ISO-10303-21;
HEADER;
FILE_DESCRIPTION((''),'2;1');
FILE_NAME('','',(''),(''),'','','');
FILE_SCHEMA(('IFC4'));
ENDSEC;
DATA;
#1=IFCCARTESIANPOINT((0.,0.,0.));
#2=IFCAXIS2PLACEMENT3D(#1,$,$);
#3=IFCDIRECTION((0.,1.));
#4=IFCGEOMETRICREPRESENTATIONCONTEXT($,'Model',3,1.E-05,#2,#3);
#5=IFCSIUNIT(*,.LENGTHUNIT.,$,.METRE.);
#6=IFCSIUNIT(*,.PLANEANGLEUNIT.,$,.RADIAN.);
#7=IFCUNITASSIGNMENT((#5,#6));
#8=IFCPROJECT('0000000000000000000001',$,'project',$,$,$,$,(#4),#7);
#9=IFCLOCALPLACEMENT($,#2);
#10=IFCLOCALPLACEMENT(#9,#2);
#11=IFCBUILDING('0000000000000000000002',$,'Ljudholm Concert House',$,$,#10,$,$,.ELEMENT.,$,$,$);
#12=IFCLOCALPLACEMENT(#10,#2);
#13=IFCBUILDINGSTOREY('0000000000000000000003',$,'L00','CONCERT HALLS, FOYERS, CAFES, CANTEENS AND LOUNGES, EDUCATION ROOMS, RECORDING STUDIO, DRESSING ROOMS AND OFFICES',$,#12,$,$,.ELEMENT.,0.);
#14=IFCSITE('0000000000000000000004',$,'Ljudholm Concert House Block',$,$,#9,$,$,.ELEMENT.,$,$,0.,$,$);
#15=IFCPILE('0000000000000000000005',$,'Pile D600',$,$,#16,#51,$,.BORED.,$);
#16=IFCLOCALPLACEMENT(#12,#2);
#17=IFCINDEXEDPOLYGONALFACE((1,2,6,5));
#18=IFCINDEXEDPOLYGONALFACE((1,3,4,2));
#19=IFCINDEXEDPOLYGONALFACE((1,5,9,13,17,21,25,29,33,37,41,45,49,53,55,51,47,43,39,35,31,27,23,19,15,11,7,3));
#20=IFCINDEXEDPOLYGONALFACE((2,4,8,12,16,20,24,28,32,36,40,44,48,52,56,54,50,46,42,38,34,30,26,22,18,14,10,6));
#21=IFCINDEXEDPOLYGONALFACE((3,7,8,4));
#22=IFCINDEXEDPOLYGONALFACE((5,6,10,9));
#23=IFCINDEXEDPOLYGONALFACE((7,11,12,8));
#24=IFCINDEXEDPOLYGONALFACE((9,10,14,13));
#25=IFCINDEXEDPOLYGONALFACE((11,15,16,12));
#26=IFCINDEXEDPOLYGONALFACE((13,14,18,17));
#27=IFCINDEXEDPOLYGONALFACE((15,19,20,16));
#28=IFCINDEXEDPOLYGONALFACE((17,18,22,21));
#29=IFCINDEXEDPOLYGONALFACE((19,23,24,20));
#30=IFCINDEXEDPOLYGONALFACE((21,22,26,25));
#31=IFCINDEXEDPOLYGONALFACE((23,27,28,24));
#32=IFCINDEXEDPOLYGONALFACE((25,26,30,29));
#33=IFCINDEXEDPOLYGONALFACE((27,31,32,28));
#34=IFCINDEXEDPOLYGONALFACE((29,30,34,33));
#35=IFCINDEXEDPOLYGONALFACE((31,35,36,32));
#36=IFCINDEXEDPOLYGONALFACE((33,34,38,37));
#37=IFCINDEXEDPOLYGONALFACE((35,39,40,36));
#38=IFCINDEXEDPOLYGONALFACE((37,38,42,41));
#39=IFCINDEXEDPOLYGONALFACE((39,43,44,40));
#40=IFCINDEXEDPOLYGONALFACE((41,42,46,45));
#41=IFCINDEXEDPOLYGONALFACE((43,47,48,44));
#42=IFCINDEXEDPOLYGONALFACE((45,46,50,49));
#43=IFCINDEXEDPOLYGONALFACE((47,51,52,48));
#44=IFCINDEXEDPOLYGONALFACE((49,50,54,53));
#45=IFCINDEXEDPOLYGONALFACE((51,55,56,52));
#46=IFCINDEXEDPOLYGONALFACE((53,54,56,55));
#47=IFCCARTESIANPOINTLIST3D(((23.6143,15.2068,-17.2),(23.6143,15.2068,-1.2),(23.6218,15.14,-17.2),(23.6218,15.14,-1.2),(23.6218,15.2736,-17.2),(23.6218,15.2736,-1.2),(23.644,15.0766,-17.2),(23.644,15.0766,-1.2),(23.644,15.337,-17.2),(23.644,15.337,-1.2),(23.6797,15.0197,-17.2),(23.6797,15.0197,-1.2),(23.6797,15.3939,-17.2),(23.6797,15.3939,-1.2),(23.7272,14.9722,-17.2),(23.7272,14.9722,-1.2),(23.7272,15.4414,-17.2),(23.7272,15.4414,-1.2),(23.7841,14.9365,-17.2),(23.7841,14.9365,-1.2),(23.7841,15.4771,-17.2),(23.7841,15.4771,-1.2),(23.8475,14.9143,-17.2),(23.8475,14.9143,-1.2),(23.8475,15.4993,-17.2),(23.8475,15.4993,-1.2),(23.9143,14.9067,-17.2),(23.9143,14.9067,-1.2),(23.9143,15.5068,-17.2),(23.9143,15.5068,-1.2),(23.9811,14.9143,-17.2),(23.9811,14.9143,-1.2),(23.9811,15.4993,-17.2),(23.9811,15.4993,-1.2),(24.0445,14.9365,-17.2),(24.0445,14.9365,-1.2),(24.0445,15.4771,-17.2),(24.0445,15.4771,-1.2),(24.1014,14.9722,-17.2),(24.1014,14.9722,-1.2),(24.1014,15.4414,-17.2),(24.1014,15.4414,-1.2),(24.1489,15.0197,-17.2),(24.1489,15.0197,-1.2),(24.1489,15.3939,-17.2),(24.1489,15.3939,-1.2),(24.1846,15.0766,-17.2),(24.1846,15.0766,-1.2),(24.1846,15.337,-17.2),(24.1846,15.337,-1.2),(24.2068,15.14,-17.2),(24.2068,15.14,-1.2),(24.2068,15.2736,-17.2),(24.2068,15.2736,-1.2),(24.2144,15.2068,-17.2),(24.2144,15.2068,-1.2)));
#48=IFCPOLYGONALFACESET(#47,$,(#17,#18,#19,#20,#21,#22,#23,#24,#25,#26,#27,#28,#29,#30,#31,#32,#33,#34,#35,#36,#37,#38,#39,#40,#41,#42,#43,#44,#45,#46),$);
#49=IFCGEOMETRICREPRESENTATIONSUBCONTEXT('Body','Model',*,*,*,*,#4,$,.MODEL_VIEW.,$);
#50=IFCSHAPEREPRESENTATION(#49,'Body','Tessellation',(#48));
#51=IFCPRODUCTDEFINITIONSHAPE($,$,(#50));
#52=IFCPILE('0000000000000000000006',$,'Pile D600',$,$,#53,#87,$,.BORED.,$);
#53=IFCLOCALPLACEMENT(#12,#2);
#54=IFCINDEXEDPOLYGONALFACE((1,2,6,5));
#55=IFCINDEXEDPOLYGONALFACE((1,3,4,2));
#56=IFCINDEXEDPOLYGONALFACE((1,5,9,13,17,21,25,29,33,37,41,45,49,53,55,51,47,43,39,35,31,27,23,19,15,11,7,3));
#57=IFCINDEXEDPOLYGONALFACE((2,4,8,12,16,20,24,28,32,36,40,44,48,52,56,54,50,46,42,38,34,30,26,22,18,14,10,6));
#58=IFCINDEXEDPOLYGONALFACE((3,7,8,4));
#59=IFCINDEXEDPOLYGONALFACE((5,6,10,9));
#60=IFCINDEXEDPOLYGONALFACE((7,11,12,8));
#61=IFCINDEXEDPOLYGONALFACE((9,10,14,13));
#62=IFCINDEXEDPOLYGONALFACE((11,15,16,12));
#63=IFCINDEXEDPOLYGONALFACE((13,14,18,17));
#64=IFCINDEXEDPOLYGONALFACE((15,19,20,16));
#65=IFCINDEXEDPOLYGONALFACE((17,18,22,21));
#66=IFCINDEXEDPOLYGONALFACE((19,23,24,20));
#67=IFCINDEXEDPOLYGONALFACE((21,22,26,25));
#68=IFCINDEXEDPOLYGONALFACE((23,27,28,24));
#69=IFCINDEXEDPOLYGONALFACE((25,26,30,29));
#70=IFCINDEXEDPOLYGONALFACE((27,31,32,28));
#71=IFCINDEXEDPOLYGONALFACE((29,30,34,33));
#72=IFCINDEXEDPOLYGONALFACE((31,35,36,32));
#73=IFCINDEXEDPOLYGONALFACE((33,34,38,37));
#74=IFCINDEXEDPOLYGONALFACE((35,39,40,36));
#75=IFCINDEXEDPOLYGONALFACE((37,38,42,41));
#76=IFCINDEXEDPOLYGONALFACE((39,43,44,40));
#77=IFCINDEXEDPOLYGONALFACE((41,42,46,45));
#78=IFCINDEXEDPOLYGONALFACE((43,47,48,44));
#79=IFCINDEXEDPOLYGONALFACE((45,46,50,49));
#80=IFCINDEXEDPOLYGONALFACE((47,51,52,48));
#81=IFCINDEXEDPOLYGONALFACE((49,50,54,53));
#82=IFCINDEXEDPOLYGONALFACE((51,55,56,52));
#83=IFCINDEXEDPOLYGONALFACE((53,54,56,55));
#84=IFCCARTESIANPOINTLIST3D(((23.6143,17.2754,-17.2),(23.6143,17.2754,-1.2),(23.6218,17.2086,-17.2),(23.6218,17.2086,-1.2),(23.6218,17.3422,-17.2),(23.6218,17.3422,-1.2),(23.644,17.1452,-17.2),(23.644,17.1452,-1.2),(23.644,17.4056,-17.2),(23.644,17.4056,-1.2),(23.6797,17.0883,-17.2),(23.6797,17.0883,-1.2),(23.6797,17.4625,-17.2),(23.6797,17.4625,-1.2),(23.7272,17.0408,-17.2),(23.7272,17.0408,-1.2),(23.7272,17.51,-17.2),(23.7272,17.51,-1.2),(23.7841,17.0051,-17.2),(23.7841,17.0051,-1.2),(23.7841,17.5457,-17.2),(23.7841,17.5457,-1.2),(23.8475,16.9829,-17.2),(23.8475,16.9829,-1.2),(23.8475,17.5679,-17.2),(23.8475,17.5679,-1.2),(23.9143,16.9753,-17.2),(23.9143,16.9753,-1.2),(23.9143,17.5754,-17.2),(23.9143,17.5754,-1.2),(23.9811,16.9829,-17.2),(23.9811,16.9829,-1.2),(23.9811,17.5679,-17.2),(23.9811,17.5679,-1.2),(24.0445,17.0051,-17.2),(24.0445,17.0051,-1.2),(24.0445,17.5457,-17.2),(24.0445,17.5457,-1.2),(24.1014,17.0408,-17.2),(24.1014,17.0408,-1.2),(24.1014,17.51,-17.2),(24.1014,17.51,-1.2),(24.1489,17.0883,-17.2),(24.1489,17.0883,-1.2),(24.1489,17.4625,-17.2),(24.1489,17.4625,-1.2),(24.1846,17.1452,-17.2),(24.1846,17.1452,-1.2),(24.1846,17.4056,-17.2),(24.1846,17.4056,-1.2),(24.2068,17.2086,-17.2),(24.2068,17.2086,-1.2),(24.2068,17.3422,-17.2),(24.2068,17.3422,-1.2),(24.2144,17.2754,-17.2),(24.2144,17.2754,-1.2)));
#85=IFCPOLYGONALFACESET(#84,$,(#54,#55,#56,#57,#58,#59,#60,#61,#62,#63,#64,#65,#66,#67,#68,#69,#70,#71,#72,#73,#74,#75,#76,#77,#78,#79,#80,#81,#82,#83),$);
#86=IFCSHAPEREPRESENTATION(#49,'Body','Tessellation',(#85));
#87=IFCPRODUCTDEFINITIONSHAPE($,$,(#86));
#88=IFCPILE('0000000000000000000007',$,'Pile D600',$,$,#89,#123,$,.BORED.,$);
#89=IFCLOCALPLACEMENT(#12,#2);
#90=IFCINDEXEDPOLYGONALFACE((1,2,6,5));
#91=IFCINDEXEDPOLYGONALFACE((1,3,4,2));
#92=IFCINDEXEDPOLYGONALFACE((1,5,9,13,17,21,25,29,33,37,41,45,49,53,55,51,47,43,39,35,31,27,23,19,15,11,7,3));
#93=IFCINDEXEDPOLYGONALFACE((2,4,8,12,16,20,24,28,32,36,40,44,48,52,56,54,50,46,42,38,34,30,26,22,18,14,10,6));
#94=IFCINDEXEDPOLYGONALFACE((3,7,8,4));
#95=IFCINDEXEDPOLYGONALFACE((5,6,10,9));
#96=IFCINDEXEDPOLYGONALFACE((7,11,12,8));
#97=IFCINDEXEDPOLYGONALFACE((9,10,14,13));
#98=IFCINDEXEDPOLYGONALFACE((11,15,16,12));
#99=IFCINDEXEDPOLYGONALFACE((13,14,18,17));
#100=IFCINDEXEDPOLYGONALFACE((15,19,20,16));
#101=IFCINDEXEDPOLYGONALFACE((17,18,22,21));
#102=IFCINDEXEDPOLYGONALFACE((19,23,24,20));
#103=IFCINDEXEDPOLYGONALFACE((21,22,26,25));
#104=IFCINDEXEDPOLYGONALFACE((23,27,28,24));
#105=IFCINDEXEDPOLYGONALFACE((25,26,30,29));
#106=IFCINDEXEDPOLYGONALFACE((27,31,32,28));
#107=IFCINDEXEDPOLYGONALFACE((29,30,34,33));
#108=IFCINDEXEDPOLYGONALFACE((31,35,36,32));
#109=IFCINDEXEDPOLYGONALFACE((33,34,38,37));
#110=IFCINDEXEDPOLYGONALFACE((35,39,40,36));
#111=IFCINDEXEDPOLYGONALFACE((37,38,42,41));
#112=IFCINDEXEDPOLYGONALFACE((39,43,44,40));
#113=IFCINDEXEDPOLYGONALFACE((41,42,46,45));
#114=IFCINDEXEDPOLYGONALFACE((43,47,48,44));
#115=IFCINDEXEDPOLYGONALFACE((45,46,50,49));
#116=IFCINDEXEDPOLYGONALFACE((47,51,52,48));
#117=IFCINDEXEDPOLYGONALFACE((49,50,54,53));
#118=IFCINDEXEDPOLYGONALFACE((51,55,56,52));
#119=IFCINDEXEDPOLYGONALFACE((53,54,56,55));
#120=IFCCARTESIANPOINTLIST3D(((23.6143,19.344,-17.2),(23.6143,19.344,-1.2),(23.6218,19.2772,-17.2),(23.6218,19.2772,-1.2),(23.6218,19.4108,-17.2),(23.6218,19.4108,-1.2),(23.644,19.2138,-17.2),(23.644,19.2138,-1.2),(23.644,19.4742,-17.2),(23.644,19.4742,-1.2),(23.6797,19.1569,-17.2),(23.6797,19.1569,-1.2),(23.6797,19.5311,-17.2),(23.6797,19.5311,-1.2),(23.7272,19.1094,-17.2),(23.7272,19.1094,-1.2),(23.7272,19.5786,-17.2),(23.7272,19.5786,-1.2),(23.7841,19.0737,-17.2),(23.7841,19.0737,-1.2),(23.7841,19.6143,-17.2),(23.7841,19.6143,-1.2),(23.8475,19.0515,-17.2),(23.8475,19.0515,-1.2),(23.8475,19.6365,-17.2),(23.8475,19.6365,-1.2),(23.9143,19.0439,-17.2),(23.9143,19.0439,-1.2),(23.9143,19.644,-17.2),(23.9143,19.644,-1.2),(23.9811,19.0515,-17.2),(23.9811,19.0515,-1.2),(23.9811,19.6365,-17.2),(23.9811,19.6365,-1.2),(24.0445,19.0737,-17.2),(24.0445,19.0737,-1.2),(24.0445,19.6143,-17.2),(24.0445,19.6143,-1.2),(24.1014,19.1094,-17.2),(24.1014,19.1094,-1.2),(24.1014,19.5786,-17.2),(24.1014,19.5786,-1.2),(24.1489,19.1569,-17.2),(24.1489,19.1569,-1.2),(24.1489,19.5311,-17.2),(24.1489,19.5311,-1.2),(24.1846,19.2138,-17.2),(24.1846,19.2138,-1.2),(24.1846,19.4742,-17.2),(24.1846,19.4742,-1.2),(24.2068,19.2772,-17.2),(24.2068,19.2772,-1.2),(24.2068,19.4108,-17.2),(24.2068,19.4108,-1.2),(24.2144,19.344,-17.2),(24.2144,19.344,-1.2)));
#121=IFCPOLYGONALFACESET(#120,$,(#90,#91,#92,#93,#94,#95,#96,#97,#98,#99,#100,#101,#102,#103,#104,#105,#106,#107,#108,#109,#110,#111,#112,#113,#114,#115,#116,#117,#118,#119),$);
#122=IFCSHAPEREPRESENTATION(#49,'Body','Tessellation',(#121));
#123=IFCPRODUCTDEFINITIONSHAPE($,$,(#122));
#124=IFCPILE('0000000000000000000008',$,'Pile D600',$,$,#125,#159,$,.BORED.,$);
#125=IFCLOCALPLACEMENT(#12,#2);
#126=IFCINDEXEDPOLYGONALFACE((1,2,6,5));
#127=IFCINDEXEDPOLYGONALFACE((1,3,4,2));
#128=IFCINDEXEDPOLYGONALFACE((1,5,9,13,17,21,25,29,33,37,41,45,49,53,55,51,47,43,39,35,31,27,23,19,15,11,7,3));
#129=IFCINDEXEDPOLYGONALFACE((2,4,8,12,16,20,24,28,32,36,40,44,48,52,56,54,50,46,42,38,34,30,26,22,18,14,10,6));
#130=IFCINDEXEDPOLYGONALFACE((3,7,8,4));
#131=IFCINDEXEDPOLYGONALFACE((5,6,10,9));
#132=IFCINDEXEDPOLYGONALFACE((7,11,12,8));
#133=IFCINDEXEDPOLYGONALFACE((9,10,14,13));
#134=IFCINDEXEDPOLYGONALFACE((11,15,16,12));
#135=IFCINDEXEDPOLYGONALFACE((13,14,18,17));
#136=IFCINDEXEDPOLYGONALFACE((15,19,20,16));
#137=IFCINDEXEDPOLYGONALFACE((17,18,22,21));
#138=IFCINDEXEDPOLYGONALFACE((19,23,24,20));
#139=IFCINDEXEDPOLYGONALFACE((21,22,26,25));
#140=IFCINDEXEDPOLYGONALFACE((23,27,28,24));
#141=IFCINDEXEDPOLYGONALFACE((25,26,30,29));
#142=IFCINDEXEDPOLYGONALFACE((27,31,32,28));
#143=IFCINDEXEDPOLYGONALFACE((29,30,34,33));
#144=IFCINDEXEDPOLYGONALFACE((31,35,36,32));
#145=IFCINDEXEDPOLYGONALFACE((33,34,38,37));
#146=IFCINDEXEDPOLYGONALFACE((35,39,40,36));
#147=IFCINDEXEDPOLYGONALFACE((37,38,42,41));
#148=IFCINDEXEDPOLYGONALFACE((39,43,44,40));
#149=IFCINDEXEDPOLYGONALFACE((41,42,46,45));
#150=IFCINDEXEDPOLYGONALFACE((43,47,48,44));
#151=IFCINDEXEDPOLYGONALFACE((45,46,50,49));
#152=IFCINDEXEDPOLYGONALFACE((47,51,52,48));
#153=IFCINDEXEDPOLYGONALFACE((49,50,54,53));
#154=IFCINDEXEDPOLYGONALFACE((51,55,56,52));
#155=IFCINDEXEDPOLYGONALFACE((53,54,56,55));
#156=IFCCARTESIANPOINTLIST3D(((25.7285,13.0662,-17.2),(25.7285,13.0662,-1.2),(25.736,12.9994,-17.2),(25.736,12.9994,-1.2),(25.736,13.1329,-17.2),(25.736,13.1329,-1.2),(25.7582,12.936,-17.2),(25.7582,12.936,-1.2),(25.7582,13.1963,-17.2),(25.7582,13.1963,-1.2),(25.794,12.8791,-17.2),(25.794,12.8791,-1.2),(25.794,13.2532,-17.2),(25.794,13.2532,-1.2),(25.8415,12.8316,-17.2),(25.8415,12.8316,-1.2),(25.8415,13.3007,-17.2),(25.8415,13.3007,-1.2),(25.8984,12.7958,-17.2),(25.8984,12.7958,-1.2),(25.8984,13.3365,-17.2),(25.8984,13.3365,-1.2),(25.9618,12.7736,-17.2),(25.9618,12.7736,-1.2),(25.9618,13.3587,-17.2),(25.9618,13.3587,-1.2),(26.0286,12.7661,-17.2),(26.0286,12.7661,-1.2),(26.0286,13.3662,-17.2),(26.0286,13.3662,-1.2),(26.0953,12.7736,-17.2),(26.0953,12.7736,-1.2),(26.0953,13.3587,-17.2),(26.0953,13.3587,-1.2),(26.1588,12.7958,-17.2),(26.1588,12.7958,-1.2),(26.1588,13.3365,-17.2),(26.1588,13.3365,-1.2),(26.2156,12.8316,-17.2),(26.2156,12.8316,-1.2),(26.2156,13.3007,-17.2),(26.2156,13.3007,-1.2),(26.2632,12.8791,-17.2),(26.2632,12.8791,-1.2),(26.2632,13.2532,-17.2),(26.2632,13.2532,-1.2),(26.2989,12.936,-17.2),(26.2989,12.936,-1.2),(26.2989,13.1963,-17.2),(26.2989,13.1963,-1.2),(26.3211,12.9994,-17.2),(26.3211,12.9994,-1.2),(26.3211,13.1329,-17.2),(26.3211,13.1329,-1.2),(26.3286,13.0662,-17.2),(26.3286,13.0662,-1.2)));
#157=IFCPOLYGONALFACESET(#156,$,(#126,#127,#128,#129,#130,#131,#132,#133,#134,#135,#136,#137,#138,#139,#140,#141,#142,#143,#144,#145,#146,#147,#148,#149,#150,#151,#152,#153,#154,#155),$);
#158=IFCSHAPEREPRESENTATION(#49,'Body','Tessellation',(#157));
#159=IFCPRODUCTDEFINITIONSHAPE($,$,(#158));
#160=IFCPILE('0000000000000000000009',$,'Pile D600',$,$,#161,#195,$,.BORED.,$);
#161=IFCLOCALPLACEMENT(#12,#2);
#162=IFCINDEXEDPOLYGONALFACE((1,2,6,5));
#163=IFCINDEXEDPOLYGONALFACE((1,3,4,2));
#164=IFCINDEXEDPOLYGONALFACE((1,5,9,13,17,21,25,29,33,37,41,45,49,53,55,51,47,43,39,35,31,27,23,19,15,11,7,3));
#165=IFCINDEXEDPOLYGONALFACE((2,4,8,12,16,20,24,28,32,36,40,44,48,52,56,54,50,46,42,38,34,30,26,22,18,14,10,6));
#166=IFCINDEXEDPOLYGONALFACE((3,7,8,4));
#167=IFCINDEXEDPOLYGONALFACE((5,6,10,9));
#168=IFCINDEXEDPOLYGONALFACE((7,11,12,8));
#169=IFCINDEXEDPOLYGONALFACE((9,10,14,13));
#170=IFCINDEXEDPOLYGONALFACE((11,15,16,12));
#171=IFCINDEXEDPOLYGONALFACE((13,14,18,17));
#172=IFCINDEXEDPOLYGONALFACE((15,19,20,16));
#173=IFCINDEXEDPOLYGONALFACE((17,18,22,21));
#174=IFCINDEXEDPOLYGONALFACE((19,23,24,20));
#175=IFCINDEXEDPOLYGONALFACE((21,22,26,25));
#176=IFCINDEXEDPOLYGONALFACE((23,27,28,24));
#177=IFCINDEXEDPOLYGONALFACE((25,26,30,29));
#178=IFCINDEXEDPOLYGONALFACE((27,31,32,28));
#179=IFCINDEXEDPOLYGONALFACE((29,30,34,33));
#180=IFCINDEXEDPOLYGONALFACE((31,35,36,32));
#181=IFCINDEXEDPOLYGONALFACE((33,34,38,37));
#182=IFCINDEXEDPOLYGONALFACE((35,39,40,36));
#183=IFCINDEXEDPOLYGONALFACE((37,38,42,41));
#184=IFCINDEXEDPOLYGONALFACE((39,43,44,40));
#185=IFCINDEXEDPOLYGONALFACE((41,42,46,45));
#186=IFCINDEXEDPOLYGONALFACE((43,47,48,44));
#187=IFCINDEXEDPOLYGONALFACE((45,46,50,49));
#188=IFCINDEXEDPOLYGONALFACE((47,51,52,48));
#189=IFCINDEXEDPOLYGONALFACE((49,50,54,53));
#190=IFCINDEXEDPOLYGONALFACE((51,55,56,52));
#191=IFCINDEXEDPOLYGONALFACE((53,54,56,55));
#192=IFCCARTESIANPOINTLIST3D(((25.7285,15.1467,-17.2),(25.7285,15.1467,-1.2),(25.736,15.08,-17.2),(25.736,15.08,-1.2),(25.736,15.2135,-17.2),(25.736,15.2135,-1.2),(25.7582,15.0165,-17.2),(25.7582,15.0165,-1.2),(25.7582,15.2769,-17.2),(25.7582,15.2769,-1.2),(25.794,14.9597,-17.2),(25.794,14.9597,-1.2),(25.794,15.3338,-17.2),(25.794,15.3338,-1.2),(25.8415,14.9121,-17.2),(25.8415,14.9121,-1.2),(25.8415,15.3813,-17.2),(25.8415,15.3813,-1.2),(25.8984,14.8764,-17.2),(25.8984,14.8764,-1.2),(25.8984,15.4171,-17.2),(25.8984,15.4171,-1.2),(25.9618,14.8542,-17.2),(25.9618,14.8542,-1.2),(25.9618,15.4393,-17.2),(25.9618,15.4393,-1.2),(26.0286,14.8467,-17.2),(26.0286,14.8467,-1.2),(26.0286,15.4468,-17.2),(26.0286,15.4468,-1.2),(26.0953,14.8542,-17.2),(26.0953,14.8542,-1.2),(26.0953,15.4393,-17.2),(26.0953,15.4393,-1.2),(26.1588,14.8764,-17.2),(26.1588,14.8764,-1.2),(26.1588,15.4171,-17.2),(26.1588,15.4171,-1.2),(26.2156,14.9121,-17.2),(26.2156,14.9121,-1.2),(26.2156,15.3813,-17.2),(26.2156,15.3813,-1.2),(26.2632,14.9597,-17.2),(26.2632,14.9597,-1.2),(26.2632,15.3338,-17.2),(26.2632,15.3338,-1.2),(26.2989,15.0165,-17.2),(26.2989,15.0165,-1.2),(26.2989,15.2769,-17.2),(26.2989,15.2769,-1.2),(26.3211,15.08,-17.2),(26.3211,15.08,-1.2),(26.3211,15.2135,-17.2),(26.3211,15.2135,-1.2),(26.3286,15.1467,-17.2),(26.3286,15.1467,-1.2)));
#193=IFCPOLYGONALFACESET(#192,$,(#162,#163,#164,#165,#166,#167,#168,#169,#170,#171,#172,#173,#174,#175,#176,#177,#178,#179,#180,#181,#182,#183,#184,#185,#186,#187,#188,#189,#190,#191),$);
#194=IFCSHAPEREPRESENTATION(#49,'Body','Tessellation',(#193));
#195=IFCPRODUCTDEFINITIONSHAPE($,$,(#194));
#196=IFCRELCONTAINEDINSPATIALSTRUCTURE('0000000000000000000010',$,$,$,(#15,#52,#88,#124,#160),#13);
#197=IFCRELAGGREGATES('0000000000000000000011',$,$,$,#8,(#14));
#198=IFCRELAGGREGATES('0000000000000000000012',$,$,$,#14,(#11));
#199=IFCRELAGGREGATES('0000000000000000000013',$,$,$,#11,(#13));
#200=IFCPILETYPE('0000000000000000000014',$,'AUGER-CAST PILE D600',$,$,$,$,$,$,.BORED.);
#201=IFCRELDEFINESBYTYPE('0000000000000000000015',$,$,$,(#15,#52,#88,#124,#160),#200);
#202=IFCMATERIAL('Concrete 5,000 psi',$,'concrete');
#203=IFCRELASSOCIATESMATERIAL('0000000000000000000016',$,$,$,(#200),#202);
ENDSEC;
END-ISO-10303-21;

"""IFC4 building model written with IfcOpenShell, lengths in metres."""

from ifc_helpers import new_model, si_unit, direction, frame, origin, origin_2d, place, context, subcontext, project, spatial, circle, extrude, material, material_profile, profile_set, type_object, element, save


model = new_model("IFC4")

# Units and contexts
model_context = context("Model", 3, precision=1e-05, world=origin(), true_north=direction((0.0, 1.0)))
body_context = subcontext(model_context, "Body", "Model", "MODEL_VIEW")
ifc_project = project(units=[si_unit("LENGTHUNIT", "METRE"), si_unit("PLANEANGLEUNIT", "RADIAN")], contexts=[model_context])

# Site, building, storey
site_placement = place(None, origin())
site = spatial("IfcSite", under=ifc_project, at=site_placement, Name="Ljudholm Concert House Block", CompositionType="ELEMENT", RefElevation=0.0)
building_placement = place(site_placement, origin())
building = spatial("IfcBuilding", under=site, at=building_placement, Name="Ljudholm Concert House", CompositionType="ELEMENT")
storey_placement = place(building_placement, origin())
storey = spatial("IfcBuildingStorey", under=building, at=storey_placement, Name="L00", Description="CONCERT HALLS, FOYERS, CAFES, CANTEENS AND LOUNGES, EDUCATION ROOMS, RECORDING STUDIO, DRESSING ROOMS AND OFFICES", CompositionType="ELEMENT", Elevation=0.0)

# Piles
ifc_material_1 = material(Name="Concrete 5,000 psi", Category="concrete")
ifc_material_profile = material_profile(ifc_material_1, circle(Radius=0.3, at=origin_2d()), Name="AUGER-CAST PILE D600")
ifc_profile_set = profile_set([ifc_material_profile], Name="Concrete 5,000 psi")
pile_type = type_object("IfcPileType", Name="AUGER-CAST PILE D600", PredefinedType="BORED", material=ifc_profile_set)
for number, where, z_axis, x_axis, name in (
    (1, (23.9143, 15.2068, -1.2), (0.0, 0.0, -1.0), (1.0, 0.0, 0.0), "Pile D600"),
    (2, (23.9143, 17.2754, -1.2), (0.0, 0.0, -1.0), (1.0, 0.0, 0.0), "Pile D600"),
    (3, (23.9143, 19.344, -1.2), (0.0, 0.0, -1.0), (1.0, 0.0, 0.0), "Pile D600"),
    (4, (26.0286, 13.0662, -1.2), (0.0, 0.0, -1.0), (1.0, 0.0, 0.0), "Pile D600"),
    (5, (26.0286, 15.1467, -1.2), (0.0, 0.0, -1.0), (1.0, 0.0, 0.0), "Pile D600"),
):
    element("IfcPile", number, at=place(storey_placement, frame(where, z_axis=z_axis, x_axis=x_axis)), inside=storey, type_object=pile_type, Name=name, PredefinedType="BORED", context=body_context, shape_type="SweptSolid", body=[
        extrude(circle(Radius=0.3, at=origin_2d()), origin(), (0.0, 0.0, 1.0), 16.0),
    ])

save(model, "model.ifc")
